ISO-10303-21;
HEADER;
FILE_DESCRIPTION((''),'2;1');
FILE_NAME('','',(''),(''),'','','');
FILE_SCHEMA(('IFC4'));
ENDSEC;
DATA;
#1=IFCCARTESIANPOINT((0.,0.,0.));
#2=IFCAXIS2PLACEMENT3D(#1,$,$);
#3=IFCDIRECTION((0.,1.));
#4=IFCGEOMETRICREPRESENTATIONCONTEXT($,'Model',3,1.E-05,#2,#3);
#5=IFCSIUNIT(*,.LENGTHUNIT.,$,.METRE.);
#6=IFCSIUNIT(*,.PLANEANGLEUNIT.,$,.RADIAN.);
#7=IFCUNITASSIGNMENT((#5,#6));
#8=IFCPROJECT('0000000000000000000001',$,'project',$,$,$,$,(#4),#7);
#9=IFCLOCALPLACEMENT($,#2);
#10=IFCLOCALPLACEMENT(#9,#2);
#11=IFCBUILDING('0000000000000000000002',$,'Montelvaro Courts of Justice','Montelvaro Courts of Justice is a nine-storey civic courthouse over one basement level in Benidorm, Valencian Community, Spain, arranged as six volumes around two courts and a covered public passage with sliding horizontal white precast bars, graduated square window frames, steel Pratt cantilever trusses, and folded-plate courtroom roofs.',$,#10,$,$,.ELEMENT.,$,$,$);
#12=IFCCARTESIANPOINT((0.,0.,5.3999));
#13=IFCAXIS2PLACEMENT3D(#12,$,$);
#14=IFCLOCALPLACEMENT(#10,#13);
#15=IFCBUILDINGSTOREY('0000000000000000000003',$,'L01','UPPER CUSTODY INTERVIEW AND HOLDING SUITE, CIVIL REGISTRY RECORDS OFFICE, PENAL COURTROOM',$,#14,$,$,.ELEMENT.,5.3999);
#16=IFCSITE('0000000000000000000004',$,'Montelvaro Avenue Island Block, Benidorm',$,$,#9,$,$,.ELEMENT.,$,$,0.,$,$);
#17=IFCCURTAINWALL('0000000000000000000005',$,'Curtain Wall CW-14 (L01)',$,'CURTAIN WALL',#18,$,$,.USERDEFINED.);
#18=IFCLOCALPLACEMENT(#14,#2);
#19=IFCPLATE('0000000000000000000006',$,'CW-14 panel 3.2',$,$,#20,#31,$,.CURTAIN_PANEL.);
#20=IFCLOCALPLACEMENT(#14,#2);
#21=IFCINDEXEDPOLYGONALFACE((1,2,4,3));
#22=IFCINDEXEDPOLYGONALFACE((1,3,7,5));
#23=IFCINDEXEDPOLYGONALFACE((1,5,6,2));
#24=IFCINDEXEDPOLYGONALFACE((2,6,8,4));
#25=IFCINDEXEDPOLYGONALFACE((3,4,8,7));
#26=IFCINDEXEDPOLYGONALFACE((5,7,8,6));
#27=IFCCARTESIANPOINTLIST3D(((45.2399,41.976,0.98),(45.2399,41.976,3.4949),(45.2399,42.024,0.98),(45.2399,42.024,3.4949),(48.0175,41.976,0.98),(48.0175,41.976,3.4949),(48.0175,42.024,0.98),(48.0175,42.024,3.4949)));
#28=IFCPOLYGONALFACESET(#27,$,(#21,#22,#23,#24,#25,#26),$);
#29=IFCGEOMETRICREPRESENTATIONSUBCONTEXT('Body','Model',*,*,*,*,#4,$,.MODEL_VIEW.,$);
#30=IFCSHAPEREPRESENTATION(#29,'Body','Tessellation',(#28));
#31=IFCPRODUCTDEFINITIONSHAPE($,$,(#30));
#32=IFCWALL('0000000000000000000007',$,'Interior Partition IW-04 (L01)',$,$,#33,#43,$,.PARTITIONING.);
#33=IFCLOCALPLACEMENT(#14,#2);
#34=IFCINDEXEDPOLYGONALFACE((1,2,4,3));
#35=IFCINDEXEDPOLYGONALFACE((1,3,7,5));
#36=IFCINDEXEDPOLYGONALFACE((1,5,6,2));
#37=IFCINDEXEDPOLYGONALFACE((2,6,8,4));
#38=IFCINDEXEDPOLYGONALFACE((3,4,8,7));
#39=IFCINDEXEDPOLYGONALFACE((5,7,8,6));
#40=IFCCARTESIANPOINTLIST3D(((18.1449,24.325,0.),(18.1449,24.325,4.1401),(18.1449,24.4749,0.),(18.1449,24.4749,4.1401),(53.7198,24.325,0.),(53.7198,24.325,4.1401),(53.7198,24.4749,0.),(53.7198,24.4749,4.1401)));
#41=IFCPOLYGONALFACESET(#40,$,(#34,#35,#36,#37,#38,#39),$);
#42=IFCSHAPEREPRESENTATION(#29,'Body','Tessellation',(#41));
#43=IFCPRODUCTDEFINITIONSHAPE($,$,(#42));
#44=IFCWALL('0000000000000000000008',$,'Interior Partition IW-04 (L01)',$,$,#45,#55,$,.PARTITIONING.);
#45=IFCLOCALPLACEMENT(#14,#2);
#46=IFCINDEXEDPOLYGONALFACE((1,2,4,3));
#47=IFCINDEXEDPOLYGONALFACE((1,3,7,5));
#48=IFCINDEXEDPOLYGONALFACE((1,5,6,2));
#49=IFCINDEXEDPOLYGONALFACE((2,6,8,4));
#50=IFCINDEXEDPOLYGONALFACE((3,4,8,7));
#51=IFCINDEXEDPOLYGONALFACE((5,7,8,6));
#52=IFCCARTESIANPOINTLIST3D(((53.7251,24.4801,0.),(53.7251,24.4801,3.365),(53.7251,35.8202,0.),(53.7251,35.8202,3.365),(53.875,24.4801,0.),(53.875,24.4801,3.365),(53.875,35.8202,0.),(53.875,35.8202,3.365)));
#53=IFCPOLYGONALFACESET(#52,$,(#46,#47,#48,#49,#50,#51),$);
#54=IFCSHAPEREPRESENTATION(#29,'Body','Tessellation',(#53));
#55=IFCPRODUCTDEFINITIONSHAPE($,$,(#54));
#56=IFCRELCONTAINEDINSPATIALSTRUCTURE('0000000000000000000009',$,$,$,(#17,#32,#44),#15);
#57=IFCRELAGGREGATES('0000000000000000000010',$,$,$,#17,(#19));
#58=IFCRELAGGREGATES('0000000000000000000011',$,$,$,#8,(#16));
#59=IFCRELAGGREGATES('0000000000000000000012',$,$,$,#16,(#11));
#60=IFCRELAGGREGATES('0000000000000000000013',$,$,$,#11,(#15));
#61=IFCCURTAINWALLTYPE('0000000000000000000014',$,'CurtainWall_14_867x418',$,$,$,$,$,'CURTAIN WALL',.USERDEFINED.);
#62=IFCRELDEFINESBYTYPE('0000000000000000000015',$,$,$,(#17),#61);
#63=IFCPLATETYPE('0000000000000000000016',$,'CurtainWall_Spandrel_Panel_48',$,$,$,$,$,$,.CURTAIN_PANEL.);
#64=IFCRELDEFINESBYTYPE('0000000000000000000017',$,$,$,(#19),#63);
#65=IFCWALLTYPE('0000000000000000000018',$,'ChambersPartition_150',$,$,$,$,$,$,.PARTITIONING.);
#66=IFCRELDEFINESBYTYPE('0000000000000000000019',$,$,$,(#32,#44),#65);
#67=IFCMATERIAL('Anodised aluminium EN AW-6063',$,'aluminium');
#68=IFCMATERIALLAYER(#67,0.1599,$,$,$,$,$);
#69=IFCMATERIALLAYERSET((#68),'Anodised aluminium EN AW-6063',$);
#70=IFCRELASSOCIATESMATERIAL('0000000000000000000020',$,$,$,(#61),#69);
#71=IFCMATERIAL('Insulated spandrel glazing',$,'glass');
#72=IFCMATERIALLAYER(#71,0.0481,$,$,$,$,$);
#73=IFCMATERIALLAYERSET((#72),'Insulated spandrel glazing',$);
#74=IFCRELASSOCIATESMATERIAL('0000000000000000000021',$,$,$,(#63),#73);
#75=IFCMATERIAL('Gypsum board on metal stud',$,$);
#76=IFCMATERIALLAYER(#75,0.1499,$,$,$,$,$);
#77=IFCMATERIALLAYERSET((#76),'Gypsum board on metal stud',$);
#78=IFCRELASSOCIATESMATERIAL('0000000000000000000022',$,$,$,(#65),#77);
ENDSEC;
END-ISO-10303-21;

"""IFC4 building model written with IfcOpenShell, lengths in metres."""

from ifc_helpers import new_model, si_unit, direction, frame, frame_2d, origin, origin_2d, place, context, subcontext, project, spatial, rectangle, extrude, material, layer, layer_set, type_object, element, aggregate, save


model = new_model("IFC4")

# Units and contexts
model_context = context("Model", 3, precision=1e-05, world=origin(), true_north=direction((0.0, 1.0)))
body_context = subcontext(model_context, "Body", "Model", "MODEL_VIEW")
ifc_project = project(units=[si_unit("LENGTHUNIT", "METRE"), si_unit("PLANEANGLEUNIT", "RADIAN")], contexts=[model_context])

# Site, building, storey
site_placement = place(None, origin())
site = spatial("IfcSite", under=ifc_project, at=site_placement, Name="Montelvaro Avenue Island Block, Benidorm", CompositionType="ELEMENT", RefElevation=0.0)
building_placement = place(site_placement, origin())
building = spatial("IfcBuilding", under=site, at=building_placement, Name="Montelvaro Courts of Justice", Description="Montelvaro Courts of Justice is a nine-storey civic courthouse over one basement level in Benidorm, Valencian Community, Spain, arranged as six volumes around two courts and a covered public passage with sliding horizontal white precast bars, graduated square window frames, steel Pratt cantilever trusses, and folded-plate courtroom roofs.", CompositionType="ELEMENT")
storey_placement = place(building_placement, frame((0.0, 0.0, 5.3999)))
storey = spatial("IfcBuildingStorey", under=building, at=storey_placement, Name="L01", Description="UPPER CUSTODY INTERVIEW AND HOLDING SUITE, CIVIL REGISTRY RECORDS OFFICE, PENAL COURTROOM", CompositionType="ELEMENT", Elevation=5.3999)

# Curtain wall, plate
ifc_material_1 = material(Name="Anodised aluminium EN AW-6063", Category="aluminium")
ifc_layer_1 = layer(ifc_material_1, 0.1599)
ifc_layer_set_1 = layer_set([ifc_layer_1], Name="Anodised aluminium EN AW-6063")
curtain_wall_type = type_object("IfcCurtainWallType", Name="CurtainWall_14_867x418", ElementType="CURTAIN WALL", PredefinedType="USERDEFINED", material=ifc_layer_set_1)
curtain_wall_placement = place(storey_placement, origin())
curtain_wall = element("IfcCurtainWall", 1, at=curtain_wall_placement, inside=storey, type_object=curtain_wall_type, Name="Curtain Wall CW-14 (L01)", ObjectType="CURTAIN WALL", PredefinedType="USERDEFINED")
ifc_material_2 = material(Name="Insulated spandrel glazing", Category="glass")
ifc_layer_2 = layer(ifc_material_2, 0.0481)
ifc_layer_set_2 = layer_set([ifc_layer_2], Name="Insulated spandrel glazing")
plate_type = type_object("IfcPlateType", Name="CurtainWall_Spandrel_Panel_48", PredefinedType="CURTAIN_PANEL", material=ifc_layer_set_2)
plate_1_placement = place(storey_placement, frame((46.6287, 42.0, 0.98), z_axis=(0.0, 0.0, 1.0), x_axis=(-1.0, 0.0, 0.0)))
plate_1 = element("IfcPlate", 2, at=plate_1_placement, type_object=plate_type, Name="CW-14 panel 3.2", PredefinedType="CURTAIN_PANEL", context=body_context, shape_type="SweptSolid", body=[
    extrude(rectangle(XDim=2.7776, YDim=0.0481, at=origin_2d()), origin(), (0.0, 0.0, 1.0), 2.5149),
])
aggregate(curtain_wall, [plate_1])

# Walls
ifc_material_3 = material(Name="Gypsum board on metal stud")
ifc_layer_3 = layer(ifc_material_3, 0.1499)
ifc_layer_set_3 = layer_set([ifc_layer_3], Name="Gypsum board on metal stud")
wall_type = type_object("IfcWallType", Name="ChambersPartition_150", PredefinedType="PARTITIONING", material=ifc_layer_set_3)
wall_1_placement = place(storey_placement, frame((53.72, 24.3999, 0.0), z_axis=(0.0, 0.0, 1.0), x_axis=(-1.0, 0.0, 0.0)))
element("IfcWall", 3, at=wall_1_placement, inside=storey, type_object=wall_type, Name="Interior Partition IW-04 (L01)", PredefinedType="PARTITIONING", context=body_context, shape_type="SweptSolid", body=[
    extrude(rectangle(XDim=35.575, YDim=0.1499, at=frame_2d((17.7876, 0.0))), origin(), (0.0, 0.0, 1.0), 4.1401),
])
wall_2_placement = place(storey_placement, frame((53.8, 35.8201, 0.0), z_axis=(0.0, 0.0, 1.0), x_axis=(0.0, -1.0, 0.0)))
element("IfcWall", 4, at=wall_2_placement, inside=storey, type_object=wall_type, Name="Interior Partition IW-04 (L01)", PredefinedType="PARTITIONING", context=body_context, shape_type="SweptSolid", body=[
    extrude(rectangle(XDim=11.3401, YDim=0.1499, at=frame_2d((5.6699, 0.0))), origin(), (0.0, 0.0, 1.0), 3.365),
])

save(model, "model.ifc")
